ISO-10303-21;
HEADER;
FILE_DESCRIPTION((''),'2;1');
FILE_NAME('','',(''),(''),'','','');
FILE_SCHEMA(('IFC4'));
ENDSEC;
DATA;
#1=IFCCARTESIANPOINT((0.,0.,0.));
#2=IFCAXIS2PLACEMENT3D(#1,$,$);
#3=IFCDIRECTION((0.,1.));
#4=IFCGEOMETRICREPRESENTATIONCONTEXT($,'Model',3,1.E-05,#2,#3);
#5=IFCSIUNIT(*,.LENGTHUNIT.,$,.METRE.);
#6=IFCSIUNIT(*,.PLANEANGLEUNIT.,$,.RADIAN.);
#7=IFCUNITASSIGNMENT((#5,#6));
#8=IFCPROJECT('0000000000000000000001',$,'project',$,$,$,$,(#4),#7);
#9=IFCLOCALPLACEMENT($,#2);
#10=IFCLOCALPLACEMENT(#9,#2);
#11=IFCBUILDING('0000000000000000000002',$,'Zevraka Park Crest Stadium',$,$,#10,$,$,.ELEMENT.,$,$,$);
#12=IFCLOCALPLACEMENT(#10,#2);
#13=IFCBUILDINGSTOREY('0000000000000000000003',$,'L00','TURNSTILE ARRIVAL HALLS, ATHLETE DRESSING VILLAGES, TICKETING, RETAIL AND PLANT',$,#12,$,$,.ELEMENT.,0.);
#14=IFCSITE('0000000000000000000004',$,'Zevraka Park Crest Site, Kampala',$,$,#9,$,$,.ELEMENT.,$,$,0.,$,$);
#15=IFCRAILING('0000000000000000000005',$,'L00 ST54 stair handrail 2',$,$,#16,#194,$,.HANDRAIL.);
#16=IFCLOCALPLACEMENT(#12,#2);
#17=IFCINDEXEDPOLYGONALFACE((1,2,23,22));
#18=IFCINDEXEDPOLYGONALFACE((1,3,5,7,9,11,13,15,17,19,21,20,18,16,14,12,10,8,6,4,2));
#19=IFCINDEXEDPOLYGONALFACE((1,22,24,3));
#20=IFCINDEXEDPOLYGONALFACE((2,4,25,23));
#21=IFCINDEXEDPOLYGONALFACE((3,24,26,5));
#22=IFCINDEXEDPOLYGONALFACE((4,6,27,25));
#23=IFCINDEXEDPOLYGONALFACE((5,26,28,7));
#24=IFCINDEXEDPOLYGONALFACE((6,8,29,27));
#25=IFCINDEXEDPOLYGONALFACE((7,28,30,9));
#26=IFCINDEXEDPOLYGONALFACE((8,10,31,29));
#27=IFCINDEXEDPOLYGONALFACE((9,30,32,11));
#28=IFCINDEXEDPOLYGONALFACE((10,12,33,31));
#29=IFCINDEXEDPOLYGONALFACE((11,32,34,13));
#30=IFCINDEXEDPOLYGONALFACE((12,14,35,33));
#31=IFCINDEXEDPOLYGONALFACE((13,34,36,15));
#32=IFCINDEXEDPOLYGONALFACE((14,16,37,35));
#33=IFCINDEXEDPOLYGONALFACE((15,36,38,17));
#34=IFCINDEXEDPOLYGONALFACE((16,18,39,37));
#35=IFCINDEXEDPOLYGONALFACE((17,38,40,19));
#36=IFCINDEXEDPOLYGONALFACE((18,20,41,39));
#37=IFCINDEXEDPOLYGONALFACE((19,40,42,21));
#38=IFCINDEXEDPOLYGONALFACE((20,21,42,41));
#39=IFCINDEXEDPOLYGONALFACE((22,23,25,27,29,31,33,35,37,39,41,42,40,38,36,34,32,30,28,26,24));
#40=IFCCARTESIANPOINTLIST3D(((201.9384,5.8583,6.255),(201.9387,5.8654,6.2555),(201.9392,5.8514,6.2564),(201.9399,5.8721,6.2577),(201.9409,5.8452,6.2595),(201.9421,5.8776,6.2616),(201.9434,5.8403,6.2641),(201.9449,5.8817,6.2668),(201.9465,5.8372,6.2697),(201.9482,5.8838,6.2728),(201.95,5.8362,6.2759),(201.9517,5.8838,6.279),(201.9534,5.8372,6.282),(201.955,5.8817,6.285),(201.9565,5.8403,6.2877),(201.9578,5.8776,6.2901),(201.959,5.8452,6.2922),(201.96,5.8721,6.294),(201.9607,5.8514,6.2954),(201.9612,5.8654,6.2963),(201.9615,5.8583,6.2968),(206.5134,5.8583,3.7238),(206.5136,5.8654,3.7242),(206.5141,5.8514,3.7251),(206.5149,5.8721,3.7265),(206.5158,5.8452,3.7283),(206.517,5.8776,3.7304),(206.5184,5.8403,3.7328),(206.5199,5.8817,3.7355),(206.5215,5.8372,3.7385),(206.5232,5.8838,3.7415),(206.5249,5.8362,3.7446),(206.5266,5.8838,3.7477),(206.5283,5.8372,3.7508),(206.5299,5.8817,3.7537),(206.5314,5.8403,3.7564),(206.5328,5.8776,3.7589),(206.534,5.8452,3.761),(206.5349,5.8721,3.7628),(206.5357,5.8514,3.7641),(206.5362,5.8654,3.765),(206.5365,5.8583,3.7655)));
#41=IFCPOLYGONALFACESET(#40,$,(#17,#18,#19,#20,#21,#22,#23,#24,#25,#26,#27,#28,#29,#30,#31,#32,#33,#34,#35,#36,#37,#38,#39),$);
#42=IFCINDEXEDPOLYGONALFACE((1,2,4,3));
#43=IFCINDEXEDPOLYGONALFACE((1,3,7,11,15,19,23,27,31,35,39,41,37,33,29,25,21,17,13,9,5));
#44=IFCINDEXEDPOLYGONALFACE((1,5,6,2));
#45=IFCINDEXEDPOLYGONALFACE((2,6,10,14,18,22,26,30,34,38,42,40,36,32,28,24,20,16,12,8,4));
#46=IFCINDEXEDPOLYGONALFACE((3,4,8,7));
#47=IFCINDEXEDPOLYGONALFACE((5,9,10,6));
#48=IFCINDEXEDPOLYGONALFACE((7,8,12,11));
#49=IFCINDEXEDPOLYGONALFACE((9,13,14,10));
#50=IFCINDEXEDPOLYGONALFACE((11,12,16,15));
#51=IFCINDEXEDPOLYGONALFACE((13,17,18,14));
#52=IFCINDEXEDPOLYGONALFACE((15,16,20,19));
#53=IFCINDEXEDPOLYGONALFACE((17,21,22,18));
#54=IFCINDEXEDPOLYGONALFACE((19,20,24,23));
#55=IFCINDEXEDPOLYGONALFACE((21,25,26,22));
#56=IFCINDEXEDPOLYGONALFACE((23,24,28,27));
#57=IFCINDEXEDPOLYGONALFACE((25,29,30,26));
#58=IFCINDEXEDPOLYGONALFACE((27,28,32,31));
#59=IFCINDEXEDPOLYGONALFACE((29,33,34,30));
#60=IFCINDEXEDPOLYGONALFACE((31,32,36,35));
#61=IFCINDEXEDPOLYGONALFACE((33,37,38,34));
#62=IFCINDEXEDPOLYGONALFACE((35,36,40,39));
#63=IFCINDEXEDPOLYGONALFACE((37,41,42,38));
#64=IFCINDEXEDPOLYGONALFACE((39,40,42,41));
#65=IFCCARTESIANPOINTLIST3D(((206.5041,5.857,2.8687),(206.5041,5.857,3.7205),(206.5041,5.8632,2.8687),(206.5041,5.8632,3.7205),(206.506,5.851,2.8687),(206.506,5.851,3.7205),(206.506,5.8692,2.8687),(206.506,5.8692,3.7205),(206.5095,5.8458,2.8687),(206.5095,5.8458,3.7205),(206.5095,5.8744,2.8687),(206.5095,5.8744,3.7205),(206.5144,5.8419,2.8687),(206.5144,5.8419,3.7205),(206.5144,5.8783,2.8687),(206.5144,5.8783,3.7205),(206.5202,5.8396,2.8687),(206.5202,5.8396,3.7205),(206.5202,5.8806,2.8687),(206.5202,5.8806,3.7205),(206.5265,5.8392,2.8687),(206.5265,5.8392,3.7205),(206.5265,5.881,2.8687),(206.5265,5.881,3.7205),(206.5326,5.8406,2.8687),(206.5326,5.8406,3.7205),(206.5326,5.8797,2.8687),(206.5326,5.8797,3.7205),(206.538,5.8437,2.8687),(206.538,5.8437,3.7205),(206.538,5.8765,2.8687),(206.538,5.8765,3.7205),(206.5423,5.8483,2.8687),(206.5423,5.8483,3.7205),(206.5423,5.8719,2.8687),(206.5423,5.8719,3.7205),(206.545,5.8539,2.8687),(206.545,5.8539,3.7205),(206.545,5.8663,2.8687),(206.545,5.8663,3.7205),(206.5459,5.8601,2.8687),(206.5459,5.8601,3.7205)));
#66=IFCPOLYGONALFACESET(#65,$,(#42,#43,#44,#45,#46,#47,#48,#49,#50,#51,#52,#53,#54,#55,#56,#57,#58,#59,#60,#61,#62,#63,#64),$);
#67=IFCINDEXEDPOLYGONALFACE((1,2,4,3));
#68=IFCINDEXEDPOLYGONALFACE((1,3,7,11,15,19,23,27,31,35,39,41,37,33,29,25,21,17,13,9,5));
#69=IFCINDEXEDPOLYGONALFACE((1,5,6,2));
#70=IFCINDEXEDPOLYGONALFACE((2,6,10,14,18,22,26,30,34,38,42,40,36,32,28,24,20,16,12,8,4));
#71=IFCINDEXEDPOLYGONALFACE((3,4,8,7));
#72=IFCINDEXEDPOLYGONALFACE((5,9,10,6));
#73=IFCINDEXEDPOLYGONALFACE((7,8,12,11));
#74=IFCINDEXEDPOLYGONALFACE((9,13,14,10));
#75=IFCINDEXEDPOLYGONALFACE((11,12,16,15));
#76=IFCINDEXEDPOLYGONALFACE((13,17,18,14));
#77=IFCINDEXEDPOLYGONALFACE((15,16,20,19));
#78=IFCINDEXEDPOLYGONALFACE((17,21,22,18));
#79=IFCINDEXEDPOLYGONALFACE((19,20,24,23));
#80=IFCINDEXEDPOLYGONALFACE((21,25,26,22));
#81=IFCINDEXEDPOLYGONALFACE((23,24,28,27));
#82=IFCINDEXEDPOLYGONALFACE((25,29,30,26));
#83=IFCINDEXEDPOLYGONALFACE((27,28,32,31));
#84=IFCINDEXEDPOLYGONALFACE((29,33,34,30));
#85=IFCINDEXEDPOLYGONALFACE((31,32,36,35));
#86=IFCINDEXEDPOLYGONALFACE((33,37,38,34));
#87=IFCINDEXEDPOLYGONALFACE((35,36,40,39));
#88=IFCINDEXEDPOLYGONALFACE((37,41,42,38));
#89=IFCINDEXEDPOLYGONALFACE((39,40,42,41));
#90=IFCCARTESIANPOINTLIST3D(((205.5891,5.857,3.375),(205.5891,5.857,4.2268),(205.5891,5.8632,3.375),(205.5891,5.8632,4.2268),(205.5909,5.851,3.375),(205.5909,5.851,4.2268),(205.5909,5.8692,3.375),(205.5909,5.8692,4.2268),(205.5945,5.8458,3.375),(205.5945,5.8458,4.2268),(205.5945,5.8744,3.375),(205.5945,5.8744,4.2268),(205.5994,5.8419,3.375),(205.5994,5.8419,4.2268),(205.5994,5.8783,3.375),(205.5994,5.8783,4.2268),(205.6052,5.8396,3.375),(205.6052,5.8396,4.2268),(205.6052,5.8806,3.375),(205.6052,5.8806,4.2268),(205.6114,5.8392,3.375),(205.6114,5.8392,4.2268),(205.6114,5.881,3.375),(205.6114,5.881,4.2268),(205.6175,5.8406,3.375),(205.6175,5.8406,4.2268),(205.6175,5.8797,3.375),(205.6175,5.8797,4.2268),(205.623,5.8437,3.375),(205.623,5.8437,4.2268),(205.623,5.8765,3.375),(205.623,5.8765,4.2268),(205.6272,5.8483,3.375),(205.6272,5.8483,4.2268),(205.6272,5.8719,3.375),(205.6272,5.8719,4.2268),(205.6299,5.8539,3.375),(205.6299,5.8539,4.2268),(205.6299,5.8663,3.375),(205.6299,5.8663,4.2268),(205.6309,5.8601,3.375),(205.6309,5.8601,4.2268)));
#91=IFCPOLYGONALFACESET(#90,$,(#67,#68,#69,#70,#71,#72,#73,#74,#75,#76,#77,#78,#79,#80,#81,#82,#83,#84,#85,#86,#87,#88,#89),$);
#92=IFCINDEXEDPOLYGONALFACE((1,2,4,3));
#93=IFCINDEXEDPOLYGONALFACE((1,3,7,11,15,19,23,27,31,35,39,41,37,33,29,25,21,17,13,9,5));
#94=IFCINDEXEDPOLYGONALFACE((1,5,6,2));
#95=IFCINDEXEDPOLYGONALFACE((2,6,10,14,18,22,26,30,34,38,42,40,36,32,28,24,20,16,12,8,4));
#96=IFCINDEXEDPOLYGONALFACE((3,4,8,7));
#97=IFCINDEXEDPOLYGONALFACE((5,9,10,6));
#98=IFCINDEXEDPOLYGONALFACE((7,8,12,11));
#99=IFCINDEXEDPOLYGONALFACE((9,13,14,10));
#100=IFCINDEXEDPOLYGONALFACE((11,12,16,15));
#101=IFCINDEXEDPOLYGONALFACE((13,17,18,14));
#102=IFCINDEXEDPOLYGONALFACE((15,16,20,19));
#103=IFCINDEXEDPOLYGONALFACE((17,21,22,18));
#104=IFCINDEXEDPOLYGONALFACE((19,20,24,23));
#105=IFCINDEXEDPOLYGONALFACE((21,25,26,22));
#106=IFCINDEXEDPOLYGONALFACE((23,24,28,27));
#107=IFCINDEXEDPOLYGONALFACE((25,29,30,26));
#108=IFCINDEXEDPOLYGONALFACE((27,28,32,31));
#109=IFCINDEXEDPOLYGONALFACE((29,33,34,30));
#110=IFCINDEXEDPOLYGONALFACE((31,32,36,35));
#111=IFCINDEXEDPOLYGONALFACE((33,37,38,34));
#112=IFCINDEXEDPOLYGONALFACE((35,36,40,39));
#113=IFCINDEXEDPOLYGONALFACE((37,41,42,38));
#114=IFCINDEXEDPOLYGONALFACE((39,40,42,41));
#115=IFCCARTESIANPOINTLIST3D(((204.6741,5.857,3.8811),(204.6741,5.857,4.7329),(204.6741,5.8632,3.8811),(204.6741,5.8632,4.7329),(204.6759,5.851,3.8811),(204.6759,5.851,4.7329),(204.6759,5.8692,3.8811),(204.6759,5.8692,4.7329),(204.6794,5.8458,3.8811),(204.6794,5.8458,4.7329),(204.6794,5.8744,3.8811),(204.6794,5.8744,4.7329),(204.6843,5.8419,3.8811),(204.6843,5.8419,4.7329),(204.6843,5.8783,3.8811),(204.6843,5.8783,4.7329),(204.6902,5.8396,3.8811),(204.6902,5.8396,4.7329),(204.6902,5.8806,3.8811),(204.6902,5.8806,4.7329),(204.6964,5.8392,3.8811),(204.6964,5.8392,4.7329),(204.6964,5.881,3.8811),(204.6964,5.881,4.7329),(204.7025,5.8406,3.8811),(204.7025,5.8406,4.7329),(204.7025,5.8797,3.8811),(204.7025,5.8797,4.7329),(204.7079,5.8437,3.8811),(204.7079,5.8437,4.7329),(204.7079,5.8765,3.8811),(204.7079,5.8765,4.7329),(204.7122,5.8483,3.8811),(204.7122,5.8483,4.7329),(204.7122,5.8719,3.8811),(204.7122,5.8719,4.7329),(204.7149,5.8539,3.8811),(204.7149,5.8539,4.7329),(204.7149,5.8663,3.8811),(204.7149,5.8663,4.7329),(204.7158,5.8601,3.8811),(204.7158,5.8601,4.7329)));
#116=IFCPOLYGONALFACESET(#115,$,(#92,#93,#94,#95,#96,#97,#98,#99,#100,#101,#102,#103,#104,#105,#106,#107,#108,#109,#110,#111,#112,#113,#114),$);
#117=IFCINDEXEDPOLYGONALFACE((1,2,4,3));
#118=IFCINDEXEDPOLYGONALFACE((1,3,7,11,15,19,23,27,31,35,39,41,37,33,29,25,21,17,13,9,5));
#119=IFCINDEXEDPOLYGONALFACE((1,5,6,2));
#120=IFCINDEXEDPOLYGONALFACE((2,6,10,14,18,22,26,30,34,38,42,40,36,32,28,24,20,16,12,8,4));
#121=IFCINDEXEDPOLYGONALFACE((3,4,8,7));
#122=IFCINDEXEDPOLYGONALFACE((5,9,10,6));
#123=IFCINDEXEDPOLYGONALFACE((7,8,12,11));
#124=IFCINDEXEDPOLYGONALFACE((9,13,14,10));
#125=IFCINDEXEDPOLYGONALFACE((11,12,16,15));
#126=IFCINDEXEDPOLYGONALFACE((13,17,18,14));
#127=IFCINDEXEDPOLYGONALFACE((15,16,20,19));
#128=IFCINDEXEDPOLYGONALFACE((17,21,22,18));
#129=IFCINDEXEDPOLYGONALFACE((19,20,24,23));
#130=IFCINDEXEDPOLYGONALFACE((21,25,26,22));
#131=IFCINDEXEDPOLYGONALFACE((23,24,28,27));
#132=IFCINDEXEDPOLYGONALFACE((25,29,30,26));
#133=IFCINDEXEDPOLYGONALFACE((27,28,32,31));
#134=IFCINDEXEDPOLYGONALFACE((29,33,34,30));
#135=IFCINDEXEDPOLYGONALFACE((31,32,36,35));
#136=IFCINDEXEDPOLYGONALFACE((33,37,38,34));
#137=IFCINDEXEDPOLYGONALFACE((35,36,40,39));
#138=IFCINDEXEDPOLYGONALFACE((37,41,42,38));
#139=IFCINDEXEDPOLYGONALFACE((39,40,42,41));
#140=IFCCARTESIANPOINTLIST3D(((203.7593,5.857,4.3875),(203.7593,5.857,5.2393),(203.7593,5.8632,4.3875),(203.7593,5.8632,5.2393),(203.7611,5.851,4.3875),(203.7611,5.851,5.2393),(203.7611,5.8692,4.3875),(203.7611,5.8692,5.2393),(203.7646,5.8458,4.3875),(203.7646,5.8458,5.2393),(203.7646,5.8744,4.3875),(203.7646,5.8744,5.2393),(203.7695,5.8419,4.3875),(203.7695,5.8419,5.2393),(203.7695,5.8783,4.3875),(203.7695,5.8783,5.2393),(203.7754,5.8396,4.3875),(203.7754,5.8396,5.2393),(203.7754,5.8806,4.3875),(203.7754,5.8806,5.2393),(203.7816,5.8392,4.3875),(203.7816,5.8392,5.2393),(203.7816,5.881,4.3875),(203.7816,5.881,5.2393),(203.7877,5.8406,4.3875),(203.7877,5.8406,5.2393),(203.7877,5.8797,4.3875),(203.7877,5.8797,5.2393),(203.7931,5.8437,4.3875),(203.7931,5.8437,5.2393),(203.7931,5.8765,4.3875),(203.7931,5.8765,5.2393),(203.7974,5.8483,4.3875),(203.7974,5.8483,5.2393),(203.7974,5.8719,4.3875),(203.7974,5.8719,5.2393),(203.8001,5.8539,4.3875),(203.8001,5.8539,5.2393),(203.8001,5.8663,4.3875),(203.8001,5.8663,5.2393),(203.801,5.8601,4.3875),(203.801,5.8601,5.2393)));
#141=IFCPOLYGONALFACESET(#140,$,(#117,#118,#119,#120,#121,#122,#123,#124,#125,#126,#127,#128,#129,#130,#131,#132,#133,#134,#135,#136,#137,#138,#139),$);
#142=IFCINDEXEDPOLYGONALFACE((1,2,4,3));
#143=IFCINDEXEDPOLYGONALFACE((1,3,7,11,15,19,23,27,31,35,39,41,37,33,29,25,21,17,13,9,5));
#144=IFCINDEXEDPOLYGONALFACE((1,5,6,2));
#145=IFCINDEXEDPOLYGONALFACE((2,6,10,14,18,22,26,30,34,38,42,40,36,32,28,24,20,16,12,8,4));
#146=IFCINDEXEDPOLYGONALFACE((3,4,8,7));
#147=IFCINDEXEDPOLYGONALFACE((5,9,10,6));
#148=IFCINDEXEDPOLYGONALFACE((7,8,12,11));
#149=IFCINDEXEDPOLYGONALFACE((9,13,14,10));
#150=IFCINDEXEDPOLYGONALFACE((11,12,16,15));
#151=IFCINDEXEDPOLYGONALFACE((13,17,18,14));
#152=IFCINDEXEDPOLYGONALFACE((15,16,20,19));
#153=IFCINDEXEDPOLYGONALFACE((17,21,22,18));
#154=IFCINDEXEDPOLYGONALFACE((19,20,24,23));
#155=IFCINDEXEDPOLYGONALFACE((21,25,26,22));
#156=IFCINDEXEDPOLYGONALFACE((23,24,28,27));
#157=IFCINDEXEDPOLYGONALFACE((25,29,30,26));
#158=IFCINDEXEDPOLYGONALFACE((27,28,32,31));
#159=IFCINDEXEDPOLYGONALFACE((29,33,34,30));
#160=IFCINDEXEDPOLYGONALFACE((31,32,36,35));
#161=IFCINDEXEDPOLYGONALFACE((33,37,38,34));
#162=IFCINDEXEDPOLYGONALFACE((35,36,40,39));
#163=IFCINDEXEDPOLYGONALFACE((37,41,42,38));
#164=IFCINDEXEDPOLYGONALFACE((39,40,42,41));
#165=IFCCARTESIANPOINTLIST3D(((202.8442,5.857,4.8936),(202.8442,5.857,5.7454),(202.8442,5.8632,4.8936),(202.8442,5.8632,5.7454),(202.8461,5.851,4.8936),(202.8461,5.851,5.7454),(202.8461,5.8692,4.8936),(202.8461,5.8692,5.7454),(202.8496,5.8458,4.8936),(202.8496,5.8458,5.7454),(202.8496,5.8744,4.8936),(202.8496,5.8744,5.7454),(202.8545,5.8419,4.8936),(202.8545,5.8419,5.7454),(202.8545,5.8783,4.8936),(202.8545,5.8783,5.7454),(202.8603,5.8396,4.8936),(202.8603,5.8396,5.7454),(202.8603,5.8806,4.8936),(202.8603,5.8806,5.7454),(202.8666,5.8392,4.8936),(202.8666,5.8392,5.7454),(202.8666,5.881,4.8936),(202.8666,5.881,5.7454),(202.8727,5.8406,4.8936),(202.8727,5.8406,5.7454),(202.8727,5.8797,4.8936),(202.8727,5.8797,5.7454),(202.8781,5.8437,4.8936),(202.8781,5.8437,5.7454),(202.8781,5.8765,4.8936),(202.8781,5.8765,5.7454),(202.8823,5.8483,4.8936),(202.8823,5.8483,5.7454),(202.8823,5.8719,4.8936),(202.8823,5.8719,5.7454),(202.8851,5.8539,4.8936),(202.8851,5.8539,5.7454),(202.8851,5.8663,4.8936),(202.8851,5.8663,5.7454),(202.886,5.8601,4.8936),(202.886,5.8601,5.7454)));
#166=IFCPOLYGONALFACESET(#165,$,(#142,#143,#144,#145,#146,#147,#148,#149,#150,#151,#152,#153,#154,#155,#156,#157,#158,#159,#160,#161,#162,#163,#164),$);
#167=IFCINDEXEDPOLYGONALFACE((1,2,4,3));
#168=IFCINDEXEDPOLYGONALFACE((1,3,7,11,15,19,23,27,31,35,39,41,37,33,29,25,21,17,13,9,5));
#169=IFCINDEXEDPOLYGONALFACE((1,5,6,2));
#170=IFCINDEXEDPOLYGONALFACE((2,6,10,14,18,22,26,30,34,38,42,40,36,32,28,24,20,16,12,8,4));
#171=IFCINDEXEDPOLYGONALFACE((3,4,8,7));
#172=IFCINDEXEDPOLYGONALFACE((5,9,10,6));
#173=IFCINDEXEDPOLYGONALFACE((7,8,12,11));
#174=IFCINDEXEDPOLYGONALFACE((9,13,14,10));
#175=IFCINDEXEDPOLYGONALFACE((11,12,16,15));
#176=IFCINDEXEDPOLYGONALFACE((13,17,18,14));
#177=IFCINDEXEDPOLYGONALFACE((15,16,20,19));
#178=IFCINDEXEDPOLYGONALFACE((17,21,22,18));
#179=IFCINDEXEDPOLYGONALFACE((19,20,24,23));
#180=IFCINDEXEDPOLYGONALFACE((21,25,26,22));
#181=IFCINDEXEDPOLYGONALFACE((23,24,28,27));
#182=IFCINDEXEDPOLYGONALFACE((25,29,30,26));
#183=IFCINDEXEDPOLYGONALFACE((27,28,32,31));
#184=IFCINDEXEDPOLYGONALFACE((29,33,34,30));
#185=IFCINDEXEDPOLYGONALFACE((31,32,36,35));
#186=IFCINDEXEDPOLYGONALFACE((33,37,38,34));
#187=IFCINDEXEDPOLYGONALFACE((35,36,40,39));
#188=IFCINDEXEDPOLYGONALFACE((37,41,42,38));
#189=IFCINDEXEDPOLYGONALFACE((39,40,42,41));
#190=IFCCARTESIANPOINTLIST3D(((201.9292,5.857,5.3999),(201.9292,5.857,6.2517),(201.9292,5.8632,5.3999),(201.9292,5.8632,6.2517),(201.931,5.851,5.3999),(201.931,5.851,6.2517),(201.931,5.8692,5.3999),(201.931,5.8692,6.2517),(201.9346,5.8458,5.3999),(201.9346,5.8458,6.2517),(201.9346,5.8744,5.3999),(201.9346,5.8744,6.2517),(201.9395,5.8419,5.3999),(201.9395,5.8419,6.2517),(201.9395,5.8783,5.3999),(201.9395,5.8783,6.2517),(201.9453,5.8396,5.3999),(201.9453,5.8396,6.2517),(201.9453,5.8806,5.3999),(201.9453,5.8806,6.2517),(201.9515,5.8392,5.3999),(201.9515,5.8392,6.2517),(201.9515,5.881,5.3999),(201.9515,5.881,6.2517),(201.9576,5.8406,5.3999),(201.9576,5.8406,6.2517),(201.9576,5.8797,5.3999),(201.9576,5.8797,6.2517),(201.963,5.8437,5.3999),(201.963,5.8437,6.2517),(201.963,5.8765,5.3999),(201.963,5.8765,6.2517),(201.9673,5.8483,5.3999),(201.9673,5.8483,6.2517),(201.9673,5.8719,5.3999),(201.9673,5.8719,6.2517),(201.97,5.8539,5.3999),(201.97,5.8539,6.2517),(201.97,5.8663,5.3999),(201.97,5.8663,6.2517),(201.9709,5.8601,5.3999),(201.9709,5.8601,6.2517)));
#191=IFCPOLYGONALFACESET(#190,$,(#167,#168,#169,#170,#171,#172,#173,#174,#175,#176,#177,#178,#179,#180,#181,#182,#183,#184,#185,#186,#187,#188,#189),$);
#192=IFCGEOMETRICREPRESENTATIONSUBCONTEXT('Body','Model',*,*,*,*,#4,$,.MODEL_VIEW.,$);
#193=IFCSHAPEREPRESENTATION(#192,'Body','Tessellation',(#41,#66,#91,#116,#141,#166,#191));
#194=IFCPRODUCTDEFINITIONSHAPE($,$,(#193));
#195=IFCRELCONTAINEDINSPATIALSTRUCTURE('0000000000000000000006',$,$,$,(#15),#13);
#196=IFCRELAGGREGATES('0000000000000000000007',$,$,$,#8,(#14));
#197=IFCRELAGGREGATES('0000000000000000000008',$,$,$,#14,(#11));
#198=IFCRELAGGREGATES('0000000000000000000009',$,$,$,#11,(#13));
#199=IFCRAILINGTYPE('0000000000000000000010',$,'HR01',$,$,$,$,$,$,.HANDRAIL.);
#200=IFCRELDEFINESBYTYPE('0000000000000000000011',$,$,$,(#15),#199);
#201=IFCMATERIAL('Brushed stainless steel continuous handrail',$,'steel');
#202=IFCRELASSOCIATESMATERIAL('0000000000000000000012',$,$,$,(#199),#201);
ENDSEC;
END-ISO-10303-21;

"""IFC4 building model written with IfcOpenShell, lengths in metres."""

from ifc_helpers import new_model, si_unit, direction, frame, origin, origin_2d, place, context, subcontext, project, spatial, circle, extrude, material, type_object, element, save


model = new_model("IFC4")

# Units and contexts
model_context = context("Model", 3, precision=1e-05, world=origin(), true_north=direction((0.0, 1.0)))
body_context = subcontext(model_context, "Body", "Model", "MODEL_VIEW")
ifc_project = project(units=[si_unit("LENGTHUNIT", "METRE"), si_unit("PLANEANGLEUNIT", "RADIAN")], contexts=[model_context])

# Site, building, storey
site_placement = place(None, origin())
site = spatial("IfcSite", under=ifc_project, at=site_placement, Name="Zevraka Park Crest Site, Kampala", CompositionType="ELEMENT", RefElevation=0.0)
building_placement = place(site_placement, origin())
building = spatial("IfcBuilding", under=site, at=building_placement, Name="Zevraka Park Crest Stadium", CompositionType="ELEMENT")
storey_placement = place(building_placement, origin())
storey = spatial("IfcBuildingStorey", under=building, at=storey_placement, Name="L00", Description="TURNSTILE ARRIVAL HALLS, ATHLETE DRESSING VILLAGES, TICKETING, RETAIL AND PLANT", CompositionType="ELEMENT", Elevation=0.0)

# Railing
ifc_material_1 = material(Name="Brushed stainless steel continuous handrail", Category="steel")
railing_type = type_object("IfcRailingType", Name="HR01", PredefinedType="HANDRAIL", material=ifc_material_1)
railing_placement = place(storey_placement, frame((206.5249, 5.8601, 2.8687)))
element("IfcRailing", 1, at=railing_placement, inside=storey, type_object=railing_type, Name="L00 ST54 stair handrail 2", PredefinedType="HANDRAIL", context=body_context, shape_type="SweptSolid", body=[
    extrude(circle(Radius=0.0239, at=origin_2d()), frame((0.0, 0.0, 0.876), z_axis=(-0.875, 0.0, 0.484124), x_axis=(0.0, -1.0, 0.0)), (0.0, 0.0, 1.0), 5.2285),
    extrude(circle(Radius=0.021, at=origin_2d()), origin(), (0.0, 0.0, 1.0), 0.8518),
    extrude(circle(Radius=0.021, at=origin_2d()), frame((-0.915, 0.0, 0.5063)), (0.0, 0.0, 1.0), 0.8518),
    extrude(circle(Radius=0.021, at=origin_2d()), frame((-1.8301, 0.0, 1.0125)), (0.0, 0.0, 1.0), 0.8518),
    extrude(circle(Radius=0.021, at=origin_2d()), frame((-2.7449, 0.0, 1.5188)), (0.0, 0.0, 1.0), 0.8518),
    extrude(circle(Radius=0.021, at=origin_2d()), frame((-3.6599, 0.0, 2.0249)), (0.0, 0.0, 1.0), 0.8518),
    extrude(circle(Radius=0.021, at=origin_2d()), frame((-4.575, 0.0, 2.5312)), (0.0, 0.0, 1.0), 0.8518),
])

save(model, "model.ifc")
